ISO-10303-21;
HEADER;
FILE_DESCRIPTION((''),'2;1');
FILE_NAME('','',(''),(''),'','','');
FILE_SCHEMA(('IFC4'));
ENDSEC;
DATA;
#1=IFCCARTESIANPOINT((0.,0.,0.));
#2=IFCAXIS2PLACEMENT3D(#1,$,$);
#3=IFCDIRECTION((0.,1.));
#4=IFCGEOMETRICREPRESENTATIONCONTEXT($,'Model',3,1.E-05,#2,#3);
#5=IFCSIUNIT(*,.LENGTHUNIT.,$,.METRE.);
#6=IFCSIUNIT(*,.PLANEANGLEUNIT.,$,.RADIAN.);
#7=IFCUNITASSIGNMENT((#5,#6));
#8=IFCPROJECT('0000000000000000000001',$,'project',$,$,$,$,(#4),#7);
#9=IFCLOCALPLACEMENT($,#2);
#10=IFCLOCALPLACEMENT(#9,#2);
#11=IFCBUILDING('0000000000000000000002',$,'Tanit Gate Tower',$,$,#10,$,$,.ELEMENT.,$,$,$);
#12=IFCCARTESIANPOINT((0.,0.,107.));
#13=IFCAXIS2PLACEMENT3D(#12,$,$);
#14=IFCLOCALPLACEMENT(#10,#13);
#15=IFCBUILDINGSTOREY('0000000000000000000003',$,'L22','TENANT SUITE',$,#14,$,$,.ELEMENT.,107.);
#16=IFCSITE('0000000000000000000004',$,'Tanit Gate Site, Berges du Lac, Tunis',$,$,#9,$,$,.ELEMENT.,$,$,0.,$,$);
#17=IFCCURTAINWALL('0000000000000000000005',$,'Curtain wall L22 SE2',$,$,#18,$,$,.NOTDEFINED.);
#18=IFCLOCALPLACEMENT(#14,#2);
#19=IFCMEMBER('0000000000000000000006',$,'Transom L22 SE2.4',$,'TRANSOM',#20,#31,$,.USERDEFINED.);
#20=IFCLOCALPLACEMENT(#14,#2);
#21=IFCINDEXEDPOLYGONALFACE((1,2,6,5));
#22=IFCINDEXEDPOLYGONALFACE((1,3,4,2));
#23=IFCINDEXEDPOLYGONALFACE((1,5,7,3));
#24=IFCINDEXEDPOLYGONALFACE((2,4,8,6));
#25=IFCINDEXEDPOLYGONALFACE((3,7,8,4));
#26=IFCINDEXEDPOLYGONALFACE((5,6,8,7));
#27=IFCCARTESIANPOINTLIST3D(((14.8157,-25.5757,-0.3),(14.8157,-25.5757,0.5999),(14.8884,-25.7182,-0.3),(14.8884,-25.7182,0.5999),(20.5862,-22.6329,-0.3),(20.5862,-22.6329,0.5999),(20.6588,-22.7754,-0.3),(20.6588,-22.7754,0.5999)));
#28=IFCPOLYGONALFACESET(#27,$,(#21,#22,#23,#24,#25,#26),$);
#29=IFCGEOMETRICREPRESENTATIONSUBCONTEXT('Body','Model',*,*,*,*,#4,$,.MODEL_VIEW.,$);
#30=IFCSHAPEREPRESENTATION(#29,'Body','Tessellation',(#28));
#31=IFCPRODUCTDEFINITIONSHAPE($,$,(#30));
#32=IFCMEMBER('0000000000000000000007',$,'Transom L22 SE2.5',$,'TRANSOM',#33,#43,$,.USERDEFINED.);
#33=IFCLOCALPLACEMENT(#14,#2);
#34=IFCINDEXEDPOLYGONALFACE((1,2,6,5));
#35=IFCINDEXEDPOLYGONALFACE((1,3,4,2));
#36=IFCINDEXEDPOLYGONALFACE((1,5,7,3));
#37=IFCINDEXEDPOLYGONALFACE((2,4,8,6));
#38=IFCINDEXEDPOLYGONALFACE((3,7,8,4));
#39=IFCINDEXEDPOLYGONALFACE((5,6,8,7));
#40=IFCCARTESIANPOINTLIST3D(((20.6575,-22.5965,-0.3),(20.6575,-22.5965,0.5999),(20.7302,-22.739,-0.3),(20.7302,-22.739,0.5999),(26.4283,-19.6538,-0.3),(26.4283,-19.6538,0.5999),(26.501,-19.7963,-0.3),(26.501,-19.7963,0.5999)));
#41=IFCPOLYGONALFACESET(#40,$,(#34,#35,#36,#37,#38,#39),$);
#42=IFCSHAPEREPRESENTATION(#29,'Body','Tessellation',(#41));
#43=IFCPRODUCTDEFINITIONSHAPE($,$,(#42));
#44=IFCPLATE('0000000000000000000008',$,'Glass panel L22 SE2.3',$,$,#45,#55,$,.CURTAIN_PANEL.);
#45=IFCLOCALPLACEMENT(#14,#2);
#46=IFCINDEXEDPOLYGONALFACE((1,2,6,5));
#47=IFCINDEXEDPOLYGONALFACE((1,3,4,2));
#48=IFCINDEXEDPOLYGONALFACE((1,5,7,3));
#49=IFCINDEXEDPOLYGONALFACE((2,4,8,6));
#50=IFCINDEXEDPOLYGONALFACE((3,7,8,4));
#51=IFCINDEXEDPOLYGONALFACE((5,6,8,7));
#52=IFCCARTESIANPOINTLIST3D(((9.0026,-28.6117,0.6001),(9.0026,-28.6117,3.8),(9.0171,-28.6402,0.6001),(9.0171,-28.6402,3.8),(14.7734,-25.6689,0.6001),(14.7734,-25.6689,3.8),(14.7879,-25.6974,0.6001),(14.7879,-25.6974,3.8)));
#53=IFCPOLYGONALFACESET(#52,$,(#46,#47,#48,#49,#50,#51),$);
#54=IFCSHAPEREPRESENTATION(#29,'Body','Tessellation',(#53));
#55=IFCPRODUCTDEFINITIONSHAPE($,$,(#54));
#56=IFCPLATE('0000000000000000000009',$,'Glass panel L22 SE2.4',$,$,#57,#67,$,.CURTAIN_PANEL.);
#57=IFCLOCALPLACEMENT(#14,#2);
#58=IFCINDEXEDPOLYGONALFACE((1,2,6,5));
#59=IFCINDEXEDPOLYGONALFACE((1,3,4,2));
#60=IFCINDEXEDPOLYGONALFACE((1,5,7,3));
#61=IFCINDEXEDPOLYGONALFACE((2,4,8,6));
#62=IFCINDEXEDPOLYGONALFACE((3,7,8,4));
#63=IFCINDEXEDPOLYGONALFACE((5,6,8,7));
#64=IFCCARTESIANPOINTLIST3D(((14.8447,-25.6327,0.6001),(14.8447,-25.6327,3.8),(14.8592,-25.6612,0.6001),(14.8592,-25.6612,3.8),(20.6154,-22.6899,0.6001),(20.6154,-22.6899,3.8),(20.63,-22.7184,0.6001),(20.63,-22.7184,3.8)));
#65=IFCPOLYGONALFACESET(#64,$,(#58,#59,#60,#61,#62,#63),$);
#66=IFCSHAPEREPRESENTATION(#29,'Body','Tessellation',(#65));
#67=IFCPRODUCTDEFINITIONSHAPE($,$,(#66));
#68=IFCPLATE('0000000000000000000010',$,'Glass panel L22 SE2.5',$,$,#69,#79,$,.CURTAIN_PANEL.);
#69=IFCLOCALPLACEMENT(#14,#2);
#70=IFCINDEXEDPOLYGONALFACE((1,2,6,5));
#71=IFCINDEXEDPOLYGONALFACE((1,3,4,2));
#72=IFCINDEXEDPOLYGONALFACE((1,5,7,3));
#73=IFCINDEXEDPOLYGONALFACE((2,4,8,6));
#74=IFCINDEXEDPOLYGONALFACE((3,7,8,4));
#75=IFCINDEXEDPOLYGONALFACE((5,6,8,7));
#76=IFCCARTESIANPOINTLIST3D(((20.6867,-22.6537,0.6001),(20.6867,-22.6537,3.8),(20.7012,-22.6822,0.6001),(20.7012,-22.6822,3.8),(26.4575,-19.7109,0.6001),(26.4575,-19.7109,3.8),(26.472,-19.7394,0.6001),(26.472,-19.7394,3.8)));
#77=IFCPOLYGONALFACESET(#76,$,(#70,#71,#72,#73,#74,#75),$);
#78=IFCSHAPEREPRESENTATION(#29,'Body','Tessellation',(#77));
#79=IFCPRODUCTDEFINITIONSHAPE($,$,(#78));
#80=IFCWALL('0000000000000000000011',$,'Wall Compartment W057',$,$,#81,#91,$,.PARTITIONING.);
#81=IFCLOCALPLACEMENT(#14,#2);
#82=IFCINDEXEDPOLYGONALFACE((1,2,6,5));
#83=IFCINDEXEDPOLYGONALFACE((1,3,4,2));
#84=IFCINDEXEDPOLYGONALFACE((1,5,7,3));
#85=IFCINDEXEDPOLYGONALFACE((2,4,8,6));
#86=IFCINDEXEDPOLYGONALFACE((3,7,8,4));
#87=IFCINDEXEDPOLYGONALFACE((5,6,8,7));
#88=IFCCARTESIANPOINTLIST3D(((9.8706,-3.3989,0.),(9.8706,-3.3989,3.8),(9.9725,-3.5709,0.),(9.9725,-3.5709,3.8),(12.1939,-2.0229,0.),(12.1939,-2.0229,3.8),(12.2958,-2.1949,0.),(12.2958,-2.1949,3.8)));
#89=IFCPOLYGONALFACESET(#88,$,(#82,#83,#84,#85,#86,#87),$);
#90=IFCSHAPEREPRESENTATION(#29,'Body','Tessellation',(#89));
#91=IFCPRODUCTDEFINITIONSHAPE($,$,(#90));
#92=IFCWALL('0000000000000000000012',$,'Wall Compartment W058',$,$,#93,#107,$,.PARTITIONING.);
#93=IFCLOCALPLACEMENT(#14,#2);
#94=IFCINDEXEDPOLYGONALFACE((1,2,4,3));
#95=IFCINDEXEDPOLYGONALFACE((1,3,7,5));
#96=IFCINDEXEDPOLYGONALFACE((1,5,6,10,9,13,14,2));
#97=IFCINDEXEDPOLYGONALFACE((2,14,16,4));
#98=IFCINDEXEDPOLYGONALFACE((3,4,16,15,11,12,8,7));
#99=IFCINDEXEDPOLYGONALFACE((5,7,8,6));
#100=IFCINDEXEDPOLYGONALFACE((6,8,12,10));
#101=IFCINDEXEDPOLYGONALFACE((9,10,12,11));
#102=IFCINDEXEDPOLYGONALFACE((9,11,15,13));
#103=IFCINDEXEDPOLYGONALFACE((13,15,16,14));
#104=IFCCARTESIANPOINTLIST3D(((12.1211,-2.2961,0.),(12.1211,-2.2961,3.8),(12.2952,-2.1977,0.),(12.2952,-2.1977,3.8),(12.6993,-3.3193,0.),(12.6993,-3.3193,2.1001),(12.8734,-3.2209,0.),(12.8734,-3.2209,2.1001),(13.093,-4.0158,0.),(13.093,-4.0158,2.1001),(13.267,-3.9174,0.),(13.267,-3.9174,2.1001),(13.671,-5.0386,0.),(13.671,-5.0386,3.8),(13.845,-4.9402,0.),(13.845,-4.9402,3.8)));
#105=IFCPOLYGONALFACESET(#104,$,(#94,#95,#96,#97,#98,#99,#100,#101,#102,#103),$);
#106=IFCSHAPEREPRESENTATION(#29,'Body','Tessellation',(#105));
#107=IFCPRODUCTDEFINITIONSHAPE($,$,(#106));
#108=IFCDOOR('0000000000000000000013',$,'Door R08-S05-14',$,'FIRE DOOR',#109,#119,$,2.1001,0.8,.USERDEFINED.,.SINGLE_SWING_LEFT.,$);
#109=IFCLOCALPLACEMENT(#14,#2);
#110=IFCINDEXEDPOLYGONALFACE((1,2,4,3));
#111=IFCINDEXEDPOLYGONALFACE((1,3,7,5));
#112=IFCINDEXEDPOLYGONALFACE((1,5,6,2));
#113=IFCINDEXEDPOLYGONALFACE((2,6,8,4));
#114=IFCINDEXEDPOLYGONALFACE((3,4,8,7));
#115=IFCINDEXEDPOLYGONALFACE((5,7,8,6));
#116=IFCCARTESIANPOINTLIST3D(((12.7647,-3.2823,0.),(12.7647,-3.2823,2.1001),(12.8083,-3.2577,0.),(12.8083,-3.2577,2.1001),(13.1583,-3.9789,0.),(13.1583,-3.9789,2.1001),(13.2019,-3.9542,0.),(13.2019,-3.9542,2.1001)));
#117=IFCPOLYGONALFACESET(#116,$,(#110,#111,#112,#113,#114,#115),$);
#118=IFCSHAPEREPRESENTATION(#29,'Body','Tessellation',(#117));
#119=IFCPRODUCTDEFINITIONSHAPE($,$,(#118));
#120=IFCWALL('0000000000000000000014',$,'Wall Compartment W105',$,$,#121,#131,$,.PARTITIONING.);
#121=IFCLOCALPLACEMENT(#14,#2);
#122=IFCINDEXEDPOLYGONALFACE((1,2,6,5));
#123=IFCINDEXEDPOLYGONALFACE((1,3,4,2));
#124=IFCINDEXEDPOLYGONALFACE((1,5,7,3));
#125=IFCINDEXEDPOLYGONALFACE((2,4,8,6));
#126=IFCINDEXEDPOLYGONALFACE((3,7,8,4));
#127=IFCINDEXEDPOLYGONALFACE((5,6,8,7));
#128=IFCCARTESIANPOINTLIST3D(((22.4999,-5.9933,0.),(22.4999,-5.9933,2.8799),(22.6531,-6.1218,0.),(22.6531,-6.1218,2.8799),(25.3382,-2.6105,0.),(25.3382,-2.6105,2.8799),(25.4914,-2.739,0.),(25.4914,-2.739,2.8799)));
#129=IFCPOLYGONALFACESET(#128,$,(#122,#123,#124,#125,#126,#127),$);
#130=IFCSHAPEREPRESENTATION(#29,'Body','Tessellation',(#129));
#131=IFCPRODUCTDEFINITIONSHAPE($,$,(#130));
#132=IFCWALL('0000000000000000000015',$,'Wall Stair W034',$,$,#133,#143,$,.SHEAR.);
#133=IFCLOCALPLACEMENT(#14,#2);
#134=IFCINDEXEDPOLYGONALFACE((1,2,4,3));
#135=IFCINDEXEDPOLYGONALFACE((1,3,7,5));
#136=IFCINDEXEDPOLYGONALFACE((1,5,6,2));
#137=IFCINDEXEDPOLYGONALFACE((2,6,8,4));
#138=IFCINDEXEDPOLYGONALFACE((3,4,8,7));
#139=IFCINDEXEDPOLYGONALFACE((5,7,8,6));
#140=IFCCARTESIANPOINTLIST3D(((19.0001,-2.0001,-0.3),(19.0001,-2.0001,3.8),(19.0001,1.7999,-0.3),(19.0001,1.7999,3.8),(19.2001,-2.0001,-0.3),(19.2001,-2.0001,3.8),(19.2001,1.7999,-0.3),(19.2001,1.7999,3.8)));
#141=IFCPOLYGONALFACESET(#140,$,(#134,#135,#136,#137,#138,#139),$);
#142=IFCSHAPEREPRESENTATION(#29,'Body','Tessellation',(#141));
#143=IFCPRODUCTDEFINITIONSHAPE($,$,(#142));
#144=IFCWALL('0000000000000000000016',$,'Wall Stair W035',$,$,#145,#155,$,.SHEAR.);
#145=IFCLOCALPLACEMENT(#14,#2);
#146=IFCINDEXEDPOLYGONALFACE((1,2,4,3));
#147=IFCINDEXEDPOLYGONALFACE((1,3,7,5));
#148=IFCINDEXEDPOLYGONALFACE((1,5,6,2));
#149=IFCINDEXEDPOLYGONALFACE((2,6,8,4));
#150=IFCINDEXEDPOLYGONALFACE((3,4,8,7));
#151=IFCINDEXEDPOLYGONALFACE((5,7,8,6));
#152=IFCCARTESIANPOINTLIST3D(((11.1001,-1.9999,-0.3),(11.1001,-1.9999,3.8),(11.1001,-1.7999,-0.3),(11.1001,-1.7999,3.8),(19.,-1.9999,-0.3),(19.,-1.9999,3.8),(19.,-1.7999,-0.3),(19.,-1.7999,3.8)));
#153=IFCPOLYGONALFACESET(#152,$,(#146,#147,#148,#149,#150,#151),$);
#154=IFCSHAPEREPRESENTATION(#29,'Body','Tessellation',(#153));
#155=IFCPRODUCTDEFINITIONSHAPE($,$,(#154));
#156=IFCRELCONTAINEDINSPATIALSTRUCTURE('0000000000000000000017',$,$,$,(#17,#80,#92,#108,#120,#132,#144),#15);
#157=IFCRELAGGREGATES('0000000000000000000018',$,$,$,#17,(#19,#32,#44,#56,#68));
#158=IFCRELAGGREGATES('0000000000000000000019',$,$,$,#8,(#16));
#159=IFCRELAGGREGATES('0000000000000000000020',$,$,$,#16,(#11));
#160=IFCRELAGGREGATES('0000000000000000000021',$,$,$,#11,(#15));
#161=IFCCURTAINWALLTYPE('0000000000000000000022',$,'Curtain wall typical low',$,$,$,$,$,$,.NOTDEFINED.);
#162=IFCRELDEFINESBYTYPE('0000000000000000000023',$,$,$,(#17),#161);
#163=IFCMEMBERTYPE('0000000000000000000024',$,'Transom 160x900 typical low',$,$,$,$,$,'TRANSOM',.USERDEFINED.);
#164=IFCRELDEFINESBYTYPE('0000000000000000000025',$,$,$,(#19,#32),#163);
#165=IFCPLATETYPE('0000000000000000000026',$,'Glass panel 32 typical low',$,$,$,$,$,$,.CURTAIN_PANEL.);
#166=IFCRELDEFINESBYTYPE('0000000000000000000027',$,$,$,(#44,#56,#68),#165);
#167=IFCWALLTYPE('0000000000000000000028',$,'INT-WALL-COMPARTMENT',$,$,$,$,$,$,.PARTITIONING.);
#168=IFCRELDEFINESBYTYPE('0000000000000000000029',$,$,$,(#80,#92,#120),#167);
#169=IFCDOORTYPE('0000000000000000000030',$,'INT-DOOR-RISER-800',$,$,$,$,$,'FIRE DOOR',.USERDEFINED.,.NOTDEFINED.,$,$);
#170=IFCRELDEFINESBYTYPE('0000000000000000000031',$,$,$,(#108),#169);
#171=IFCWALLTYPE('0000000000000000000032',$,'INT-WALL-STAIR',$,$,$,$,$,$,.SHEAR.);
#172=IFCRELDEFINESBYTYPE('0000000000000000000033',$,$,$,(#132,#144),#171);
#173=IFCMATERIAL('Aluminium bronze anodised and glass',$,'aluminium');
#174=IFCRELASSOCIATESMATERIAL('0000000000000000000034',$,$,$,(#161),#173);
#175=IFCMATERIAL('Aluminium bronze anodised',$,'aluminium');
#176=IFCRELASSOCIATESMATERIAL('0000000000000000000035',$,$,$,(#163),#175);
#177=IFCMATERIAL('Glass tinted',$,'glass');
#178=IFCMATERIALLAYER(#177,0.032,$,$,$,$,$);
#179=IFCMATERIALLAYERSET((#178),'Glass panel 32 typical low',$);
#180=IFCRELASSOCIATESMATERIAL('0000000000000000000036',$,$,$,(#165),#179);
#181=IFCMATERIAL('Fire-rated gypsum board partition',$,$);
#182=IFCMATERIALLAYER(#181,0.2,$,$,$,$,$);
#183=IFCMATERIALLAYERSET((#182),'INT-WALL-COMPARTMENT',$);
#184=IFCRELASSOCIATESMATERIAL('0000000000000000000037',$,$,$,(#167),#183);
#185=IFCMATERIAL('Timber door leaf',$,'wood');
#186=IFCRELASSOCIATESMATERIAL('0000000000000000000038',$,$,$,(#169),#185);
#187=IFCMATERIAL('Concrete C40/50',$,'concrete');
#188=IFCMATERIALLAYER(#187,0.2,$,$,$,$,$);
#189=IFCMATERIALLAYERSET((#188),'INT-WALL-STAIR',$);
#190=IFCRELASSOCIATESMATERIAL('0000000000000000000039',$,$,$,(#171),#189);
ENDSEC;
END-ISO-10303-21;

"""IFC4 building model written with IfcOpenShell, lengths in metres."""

from ifc_helpers import new_model, si_unit, direction, frame, frame_2d, origin, origin_2d, place, context, subcontext, project, spatial, rectangle, extrude, material, layer, layer_set, material_profile, profile_set, type_object, element, fill, aggregate, save


model = new_model("IFC4")

# Units and contexts
model_context = context("Model", 3, precision=1e-05, world=origin(), true_north=direction((0.0, 1.0)))
body_context = subcontext(model_context, "Body", "Model", "MODEL_VIEW")
ifc_project = project(units=[si_unit("LENGTHUNIT", "METRE"), si_unit("PLANEANGLEUNIT", "RADIAN")], contexts=[model_context])

# Site, building, storey
site_placement = place(None, origin())
site = spatial("IfcSite", under=ifc_project, at=site_placement, Name="Tanit Gate Site, Berges du Lac, Tunis", CompositionType="ELEMENT", RefElevation=0.0)
building_placement = place(site_placement, origin())
building = spatial("IfcBuilding", under=site, at=building_placement, Name="Tanit Gate Tower", CompositionType="ELEMENT")
storey_placement = place(building_placement, frame((0.0, 0.0, 107.0)))
storey = spatial("IfcBuildingStorey", under=building, at=storey_placement, Name="L22", Description="TENANT SUITE", CompositionType="ELEMENT", Elevation=107.0)

# Curtain wall
ifc_material_1 = material(Name="Aluminium bronze anodised and glass", Category="aluminium")
curtain_wall_type = type_object("IfcCurtainWallType", Name="Curtain wall typical low", PredefinedType="NOTDEFINED", material=ifc_material_1)
curtain_wall_placement = place(storey_placement, origin())
curtain_wall = element("IfcCurtainWall", 1, at=curtain_wall_placement, inside=storey, type_object=curtain_wall_type, Name="Curtain wall L22 SE2", PredefinedType="NOTDEFINED")

# Members
ifc_material_2 = material(Name="Aluminium bronze anodised", Category="aluminium")
ifc_material_profile_1 = material_profile(ifc_material_2, rectangle(XDim=0.1599, YDim=0.8999, at=origin_2d()), Name="160x900 bronze transom")
ifc_profile_set_1 = profile_set([ifc_material_profile_1], Name="Aluminium bronze anodised")
member_type_1 = type_object("IfcMemberType", Name="Transom 160x900 typical low", ElementType="TRANSOM", PredefinedType="USERDEFINED", material=ifc_profile_set_1)
member_1_placement = place(storey_placement, frame((14.8521, -25.647, 0.1499), z_axis=(0.890841, 0.454315, 0.0), x_axis=(-0.454315, 0.890841, 0.0)))
member_1 = element("IfcMember", 2, at=member_1_placement, type_object=member_type_1, Name="Transom L22 SE2.4", ObjectType="TRANSOM", PredefinedType="USERDEFINED", context=body_context, shape_type="SweptSolid", body=[
    extrude(rectangle(XDim=0.1599, YDim=0.8999, at=origin_2d()), origin(), (0.0, 0.0, 1.0), 6.4775),
])
member_2_placement = place(storey_placement, frame((20.6938, -22.6677, 0.1499), z_axis=(0.890864, 0.45427, 0.0), x_axis=(-0.45427, 0.890864, 0.0)))
member_2 = element("IfcMember", 3, at=member_2_placement, type_object=member_type_1, Name="Transom L22 SE2.5", ObjectType="TRANSOM", PredefinedType="USERDEFINED", context=body_context, shape_type="SweptSolid", body=[
    extrude(rectangle(XDim=0.1599, YDim=0.8999, at=origin_2d()), origin(), (0.0, 0.0, 1.0), 6.4778),
])

# Plates
ifc_material_3 = material(Name="Glass tinted", Category="glass")
ifc_layer_1 = layer(ifc_material_3, 0.032)
ifc_layer_set_1 = layer_set([ifc_layer_1], Name="Glass panel 32 typical low")
plate_type = type_object("IfcPlateType", Name="Glass panel 32 typical low", PredefinedType="CURTAIN_PANEL", material=ifc_layer_set_1)
plate_1_placement = place(storey_placement, frame((11.8953, -27.1545, 0.6001), z_axis=(0.0, 0.0, 1.0), x_axis=(0.890855, 0.454288, 0.0)))
plate_1 = element("IfcPlate", 4, at=plate_1_placement, type_object=plate_type, Name="Glass panel L22 SE2.3", PredefinedType="CURTAIN_PANEL", context=body_context, shape_type="SweptSolid", body=[
    extrude(rectangle(XDim=6.4778, YDim=0.032, at=origin_2d()), origin(), (0.0, 0.0, 1.0), 3.2),
])
plate_2_placement = place(storey_placement, frame((17.7373, -24.1755, 0.6001), z_axis=(0.0, 0.0, 1.0), x_axis=(0.890855, 0.454288, 0.0)))
plate_2 = element("IfcPlate", 5, at=plate_2_placement, type_object=plate_type, Name="Glass panel L22 SE2.4", PredefinedType="CURTAIN_PANEL", context=body_context, shape_type="SweptSolid", body=[
    extrude(rectangle(XDim=6.4778, YDim=0.032, at=origin_2d()), origin(), (0.0, 0.0, 1.0), 3.2),
])
plate_3_placement = place(storey_placement, frame((23.5793, -21.1965, 0.6001), z_axis=(0.0, 0.0, 1.0), x_axis=(0.890855, 0.454288, 0.0)))
plate_3 = element("IfcPlate", 6, at=plate_3_placement, type_object=plate_type, Name="Glass panel L22 SE2.5", PredefinedType="CURTAIN_PANEL", context=body_context, shape_type="SweptSolid", body=[
    extrude(rectangle(XDim=6.4778, YDim=0.032, at=origin_2d()), origin(), (0.0, 0.0, 1.0), 3.2),
])
aggregate(curtain_wall, [member_1, member_2, plate_1, plate_2, plate_3])

# Wall
ifc_material_4 = material(Name="Fire-rated gypsum board partition")
ifc_layer_2 = layer(ifc_material_4, 0.2)
ifc_layer_set_2 = layer_set([ifc_layer_2], Name="INT-WALL-COMPARTMENT")
wall_type_1 = type_object("IfcWallType", Name="INT-WALL-COMPARTMENT", PredefinedType="PARTITIONING", material=ifc_layer_set_2)
wall_1_placement = place(storey_placement, frame((12.2449, -2.1089, 0.0), z_axis=(0.0, 0.0, 1.0), x_axis=(-0.860415, -0.509594, 0.0)))
element("IfcWall", 7, at=wall_1_placement, inside=storey, type_object=wall_type_1, Name="Wall Compartment W057", PredefinedType="PARTITIONING", context=body_context, shape_type="SweptSolid", body=[
    extrude(rectangle(XDim=2.7002, YDim=0.2, at=frame_2d((1.3501, 0.0))), origin(), (0.0, 0.0, 1.0), 3.8),
])

# Wall, opening, door
wall_2_placement = place(storey_placement, frame((13.7581, -4.9895, 0.0), z_axis=(0.0, 0.0, 1.0), x_axis=(-0.491993, 0.870599, 0.0)))
wall_2 = element("IfcWall", 8, at=wall_2_placement, inside=storey, type_object=wall_type_1, Name="Wall Compartment W058", PredefinedType="PARTITIONING", context=body_context, shape_type="SweptSolid", body=[
    extrude(rectangle(XDim=3.1501, YDim=0.2, at=frame_2d((1.5752, 0.0))), origin(), (0.0, 0.0, 1.0), 3.8),
])
opening_1_placement = place(wall_2_placement, frame((1.175, 0.0, 0.0)))
opening_1 = element("IfcOpeningElement", 9, at=opening_1_placement, cuts=wall_2, PredefinedType="OPENING", context=body_context, shape_type="SweptSolid", body=[
    extrude(rectangle(XDim=0.8, YDim=2.1001, at=frame_2d((0.3999, 1.05))), frame((0.0, 0.1099, 0.0), z_axis=(0.0, -1.0, 0.0), x_axis=(1.0, 0.0, 0.0)), (0.0, 0.0, 1.0), 0.22),
])
ifc_material_5 = material(Name="Timber door leaf", Category="wood")
door_type_1 = type_object("IfcDoorType", Name="INT-DOOR-RISER-800", ElementType="FIRE DOOR", OperationType="NOTDEFINED", PredefinedType="USERDEFINED", material=ifc_material_5)
door_1_placement = place(opening_1_placement, origin())
door_1 = element("IfcDoor", 10, at=door_1_placement, inside=storey, type_object=door_type_1, Name="Door R08-S05-14", ObjectType="FIRE DOOR", OperationType="SINGLE_SWING_LEFT", OverallHeight=2.1001, OverallWidth=0.8, PredefinedType="USERDEFINED", context=body_context, shape_type="SweptSolid", body=[
    extrude(rectangle(XDim=0.8, YDim=2.1001, at=frame_2d((0.3999, 1.05))), frame((0.0, 0.0249, 0.0), z_axis=(0.0, -1.0, 0.0), x_axis=(1.0, 0.0, 0.0)), (0.0, 0.0, 1.0), 0.05),
])
fill(opening_1, door_1)

# Walls
wall_3_placement = place(storey_placement, frame((22.5764, -6.0576, 0.0), z_axis=(0.0, 0.0, 1.0), x_axis=(0.642769, 0.76606, 0.0)))
element("IfcWall", 11, at=wall_3_placement, inside=storey, type_object=wall_type_1, Name="Wall Compartment W105", PredefinedType="PARTITIONING", context=body_context, shape_type="SweptSolid", body=[
    extrude(rectangle(XDim=4.4158, YDim=0.2, at=frame_2d((2.208, 0.0))), origin(), (0.0, 0.0, 1.0), 2.8799),
])
ifc_material_6 = material(Name="Concrete C40/50", Category="concrete")
ifc_layer_3 = layer(ifc_material_6, 0.2)
ifc_layer_set_3 = layer_set([ifc_layer_3], Name="INT-WALL-STAIR")
wall_type_2 = type_object("IfcWallType", Name="INT-WALL-STAIR", PredefinedType="SHEAR", material=ifc_layer_set_3)
wall_4_placement = place(storey_placement, frame((19.1001, -2.0, -0.3), z_axis=(0.0, 0.0, 1.0), x_axis=(0.0, 1.0, 0.0)))
element("IfcWall", 12, at=wall_4_placement, inside=storey, type_object=wall_type_2, Name="Wall Stair W034", PredefinedType="SHEAR", context=body_context, shape_type="SweptSolid", body=[
    extrude(rectangle(XDim=3.8, YDim=0.2, at=frame_2d((1.8999, 0.0))), origin(), (0.0, 0.0, 1.0), 4.1001),
])
wall_5_placement = place(storey_placement, frame((11.1001, -1.8999, -0.3), z_axis=(0.0, 0.0, 1.0), x_axis=(1.0, 0.0, 0.0)))
element("IfcWall", 13, at=wall_5_placement, inside=storey, type_object=wall_type_2, Name="Wall Stair W035", PredefinedType="SHEAR", context=body_context, shape_type="SweptSolid", body=[
    extrude(rectangle(XDim=7.8999, YDim=0.2, at=frame_2d((3.95, 0.0))), origin(), (0.0, 0.0, 1.0), 4.1001),
])

save(model, "model.ifc")
